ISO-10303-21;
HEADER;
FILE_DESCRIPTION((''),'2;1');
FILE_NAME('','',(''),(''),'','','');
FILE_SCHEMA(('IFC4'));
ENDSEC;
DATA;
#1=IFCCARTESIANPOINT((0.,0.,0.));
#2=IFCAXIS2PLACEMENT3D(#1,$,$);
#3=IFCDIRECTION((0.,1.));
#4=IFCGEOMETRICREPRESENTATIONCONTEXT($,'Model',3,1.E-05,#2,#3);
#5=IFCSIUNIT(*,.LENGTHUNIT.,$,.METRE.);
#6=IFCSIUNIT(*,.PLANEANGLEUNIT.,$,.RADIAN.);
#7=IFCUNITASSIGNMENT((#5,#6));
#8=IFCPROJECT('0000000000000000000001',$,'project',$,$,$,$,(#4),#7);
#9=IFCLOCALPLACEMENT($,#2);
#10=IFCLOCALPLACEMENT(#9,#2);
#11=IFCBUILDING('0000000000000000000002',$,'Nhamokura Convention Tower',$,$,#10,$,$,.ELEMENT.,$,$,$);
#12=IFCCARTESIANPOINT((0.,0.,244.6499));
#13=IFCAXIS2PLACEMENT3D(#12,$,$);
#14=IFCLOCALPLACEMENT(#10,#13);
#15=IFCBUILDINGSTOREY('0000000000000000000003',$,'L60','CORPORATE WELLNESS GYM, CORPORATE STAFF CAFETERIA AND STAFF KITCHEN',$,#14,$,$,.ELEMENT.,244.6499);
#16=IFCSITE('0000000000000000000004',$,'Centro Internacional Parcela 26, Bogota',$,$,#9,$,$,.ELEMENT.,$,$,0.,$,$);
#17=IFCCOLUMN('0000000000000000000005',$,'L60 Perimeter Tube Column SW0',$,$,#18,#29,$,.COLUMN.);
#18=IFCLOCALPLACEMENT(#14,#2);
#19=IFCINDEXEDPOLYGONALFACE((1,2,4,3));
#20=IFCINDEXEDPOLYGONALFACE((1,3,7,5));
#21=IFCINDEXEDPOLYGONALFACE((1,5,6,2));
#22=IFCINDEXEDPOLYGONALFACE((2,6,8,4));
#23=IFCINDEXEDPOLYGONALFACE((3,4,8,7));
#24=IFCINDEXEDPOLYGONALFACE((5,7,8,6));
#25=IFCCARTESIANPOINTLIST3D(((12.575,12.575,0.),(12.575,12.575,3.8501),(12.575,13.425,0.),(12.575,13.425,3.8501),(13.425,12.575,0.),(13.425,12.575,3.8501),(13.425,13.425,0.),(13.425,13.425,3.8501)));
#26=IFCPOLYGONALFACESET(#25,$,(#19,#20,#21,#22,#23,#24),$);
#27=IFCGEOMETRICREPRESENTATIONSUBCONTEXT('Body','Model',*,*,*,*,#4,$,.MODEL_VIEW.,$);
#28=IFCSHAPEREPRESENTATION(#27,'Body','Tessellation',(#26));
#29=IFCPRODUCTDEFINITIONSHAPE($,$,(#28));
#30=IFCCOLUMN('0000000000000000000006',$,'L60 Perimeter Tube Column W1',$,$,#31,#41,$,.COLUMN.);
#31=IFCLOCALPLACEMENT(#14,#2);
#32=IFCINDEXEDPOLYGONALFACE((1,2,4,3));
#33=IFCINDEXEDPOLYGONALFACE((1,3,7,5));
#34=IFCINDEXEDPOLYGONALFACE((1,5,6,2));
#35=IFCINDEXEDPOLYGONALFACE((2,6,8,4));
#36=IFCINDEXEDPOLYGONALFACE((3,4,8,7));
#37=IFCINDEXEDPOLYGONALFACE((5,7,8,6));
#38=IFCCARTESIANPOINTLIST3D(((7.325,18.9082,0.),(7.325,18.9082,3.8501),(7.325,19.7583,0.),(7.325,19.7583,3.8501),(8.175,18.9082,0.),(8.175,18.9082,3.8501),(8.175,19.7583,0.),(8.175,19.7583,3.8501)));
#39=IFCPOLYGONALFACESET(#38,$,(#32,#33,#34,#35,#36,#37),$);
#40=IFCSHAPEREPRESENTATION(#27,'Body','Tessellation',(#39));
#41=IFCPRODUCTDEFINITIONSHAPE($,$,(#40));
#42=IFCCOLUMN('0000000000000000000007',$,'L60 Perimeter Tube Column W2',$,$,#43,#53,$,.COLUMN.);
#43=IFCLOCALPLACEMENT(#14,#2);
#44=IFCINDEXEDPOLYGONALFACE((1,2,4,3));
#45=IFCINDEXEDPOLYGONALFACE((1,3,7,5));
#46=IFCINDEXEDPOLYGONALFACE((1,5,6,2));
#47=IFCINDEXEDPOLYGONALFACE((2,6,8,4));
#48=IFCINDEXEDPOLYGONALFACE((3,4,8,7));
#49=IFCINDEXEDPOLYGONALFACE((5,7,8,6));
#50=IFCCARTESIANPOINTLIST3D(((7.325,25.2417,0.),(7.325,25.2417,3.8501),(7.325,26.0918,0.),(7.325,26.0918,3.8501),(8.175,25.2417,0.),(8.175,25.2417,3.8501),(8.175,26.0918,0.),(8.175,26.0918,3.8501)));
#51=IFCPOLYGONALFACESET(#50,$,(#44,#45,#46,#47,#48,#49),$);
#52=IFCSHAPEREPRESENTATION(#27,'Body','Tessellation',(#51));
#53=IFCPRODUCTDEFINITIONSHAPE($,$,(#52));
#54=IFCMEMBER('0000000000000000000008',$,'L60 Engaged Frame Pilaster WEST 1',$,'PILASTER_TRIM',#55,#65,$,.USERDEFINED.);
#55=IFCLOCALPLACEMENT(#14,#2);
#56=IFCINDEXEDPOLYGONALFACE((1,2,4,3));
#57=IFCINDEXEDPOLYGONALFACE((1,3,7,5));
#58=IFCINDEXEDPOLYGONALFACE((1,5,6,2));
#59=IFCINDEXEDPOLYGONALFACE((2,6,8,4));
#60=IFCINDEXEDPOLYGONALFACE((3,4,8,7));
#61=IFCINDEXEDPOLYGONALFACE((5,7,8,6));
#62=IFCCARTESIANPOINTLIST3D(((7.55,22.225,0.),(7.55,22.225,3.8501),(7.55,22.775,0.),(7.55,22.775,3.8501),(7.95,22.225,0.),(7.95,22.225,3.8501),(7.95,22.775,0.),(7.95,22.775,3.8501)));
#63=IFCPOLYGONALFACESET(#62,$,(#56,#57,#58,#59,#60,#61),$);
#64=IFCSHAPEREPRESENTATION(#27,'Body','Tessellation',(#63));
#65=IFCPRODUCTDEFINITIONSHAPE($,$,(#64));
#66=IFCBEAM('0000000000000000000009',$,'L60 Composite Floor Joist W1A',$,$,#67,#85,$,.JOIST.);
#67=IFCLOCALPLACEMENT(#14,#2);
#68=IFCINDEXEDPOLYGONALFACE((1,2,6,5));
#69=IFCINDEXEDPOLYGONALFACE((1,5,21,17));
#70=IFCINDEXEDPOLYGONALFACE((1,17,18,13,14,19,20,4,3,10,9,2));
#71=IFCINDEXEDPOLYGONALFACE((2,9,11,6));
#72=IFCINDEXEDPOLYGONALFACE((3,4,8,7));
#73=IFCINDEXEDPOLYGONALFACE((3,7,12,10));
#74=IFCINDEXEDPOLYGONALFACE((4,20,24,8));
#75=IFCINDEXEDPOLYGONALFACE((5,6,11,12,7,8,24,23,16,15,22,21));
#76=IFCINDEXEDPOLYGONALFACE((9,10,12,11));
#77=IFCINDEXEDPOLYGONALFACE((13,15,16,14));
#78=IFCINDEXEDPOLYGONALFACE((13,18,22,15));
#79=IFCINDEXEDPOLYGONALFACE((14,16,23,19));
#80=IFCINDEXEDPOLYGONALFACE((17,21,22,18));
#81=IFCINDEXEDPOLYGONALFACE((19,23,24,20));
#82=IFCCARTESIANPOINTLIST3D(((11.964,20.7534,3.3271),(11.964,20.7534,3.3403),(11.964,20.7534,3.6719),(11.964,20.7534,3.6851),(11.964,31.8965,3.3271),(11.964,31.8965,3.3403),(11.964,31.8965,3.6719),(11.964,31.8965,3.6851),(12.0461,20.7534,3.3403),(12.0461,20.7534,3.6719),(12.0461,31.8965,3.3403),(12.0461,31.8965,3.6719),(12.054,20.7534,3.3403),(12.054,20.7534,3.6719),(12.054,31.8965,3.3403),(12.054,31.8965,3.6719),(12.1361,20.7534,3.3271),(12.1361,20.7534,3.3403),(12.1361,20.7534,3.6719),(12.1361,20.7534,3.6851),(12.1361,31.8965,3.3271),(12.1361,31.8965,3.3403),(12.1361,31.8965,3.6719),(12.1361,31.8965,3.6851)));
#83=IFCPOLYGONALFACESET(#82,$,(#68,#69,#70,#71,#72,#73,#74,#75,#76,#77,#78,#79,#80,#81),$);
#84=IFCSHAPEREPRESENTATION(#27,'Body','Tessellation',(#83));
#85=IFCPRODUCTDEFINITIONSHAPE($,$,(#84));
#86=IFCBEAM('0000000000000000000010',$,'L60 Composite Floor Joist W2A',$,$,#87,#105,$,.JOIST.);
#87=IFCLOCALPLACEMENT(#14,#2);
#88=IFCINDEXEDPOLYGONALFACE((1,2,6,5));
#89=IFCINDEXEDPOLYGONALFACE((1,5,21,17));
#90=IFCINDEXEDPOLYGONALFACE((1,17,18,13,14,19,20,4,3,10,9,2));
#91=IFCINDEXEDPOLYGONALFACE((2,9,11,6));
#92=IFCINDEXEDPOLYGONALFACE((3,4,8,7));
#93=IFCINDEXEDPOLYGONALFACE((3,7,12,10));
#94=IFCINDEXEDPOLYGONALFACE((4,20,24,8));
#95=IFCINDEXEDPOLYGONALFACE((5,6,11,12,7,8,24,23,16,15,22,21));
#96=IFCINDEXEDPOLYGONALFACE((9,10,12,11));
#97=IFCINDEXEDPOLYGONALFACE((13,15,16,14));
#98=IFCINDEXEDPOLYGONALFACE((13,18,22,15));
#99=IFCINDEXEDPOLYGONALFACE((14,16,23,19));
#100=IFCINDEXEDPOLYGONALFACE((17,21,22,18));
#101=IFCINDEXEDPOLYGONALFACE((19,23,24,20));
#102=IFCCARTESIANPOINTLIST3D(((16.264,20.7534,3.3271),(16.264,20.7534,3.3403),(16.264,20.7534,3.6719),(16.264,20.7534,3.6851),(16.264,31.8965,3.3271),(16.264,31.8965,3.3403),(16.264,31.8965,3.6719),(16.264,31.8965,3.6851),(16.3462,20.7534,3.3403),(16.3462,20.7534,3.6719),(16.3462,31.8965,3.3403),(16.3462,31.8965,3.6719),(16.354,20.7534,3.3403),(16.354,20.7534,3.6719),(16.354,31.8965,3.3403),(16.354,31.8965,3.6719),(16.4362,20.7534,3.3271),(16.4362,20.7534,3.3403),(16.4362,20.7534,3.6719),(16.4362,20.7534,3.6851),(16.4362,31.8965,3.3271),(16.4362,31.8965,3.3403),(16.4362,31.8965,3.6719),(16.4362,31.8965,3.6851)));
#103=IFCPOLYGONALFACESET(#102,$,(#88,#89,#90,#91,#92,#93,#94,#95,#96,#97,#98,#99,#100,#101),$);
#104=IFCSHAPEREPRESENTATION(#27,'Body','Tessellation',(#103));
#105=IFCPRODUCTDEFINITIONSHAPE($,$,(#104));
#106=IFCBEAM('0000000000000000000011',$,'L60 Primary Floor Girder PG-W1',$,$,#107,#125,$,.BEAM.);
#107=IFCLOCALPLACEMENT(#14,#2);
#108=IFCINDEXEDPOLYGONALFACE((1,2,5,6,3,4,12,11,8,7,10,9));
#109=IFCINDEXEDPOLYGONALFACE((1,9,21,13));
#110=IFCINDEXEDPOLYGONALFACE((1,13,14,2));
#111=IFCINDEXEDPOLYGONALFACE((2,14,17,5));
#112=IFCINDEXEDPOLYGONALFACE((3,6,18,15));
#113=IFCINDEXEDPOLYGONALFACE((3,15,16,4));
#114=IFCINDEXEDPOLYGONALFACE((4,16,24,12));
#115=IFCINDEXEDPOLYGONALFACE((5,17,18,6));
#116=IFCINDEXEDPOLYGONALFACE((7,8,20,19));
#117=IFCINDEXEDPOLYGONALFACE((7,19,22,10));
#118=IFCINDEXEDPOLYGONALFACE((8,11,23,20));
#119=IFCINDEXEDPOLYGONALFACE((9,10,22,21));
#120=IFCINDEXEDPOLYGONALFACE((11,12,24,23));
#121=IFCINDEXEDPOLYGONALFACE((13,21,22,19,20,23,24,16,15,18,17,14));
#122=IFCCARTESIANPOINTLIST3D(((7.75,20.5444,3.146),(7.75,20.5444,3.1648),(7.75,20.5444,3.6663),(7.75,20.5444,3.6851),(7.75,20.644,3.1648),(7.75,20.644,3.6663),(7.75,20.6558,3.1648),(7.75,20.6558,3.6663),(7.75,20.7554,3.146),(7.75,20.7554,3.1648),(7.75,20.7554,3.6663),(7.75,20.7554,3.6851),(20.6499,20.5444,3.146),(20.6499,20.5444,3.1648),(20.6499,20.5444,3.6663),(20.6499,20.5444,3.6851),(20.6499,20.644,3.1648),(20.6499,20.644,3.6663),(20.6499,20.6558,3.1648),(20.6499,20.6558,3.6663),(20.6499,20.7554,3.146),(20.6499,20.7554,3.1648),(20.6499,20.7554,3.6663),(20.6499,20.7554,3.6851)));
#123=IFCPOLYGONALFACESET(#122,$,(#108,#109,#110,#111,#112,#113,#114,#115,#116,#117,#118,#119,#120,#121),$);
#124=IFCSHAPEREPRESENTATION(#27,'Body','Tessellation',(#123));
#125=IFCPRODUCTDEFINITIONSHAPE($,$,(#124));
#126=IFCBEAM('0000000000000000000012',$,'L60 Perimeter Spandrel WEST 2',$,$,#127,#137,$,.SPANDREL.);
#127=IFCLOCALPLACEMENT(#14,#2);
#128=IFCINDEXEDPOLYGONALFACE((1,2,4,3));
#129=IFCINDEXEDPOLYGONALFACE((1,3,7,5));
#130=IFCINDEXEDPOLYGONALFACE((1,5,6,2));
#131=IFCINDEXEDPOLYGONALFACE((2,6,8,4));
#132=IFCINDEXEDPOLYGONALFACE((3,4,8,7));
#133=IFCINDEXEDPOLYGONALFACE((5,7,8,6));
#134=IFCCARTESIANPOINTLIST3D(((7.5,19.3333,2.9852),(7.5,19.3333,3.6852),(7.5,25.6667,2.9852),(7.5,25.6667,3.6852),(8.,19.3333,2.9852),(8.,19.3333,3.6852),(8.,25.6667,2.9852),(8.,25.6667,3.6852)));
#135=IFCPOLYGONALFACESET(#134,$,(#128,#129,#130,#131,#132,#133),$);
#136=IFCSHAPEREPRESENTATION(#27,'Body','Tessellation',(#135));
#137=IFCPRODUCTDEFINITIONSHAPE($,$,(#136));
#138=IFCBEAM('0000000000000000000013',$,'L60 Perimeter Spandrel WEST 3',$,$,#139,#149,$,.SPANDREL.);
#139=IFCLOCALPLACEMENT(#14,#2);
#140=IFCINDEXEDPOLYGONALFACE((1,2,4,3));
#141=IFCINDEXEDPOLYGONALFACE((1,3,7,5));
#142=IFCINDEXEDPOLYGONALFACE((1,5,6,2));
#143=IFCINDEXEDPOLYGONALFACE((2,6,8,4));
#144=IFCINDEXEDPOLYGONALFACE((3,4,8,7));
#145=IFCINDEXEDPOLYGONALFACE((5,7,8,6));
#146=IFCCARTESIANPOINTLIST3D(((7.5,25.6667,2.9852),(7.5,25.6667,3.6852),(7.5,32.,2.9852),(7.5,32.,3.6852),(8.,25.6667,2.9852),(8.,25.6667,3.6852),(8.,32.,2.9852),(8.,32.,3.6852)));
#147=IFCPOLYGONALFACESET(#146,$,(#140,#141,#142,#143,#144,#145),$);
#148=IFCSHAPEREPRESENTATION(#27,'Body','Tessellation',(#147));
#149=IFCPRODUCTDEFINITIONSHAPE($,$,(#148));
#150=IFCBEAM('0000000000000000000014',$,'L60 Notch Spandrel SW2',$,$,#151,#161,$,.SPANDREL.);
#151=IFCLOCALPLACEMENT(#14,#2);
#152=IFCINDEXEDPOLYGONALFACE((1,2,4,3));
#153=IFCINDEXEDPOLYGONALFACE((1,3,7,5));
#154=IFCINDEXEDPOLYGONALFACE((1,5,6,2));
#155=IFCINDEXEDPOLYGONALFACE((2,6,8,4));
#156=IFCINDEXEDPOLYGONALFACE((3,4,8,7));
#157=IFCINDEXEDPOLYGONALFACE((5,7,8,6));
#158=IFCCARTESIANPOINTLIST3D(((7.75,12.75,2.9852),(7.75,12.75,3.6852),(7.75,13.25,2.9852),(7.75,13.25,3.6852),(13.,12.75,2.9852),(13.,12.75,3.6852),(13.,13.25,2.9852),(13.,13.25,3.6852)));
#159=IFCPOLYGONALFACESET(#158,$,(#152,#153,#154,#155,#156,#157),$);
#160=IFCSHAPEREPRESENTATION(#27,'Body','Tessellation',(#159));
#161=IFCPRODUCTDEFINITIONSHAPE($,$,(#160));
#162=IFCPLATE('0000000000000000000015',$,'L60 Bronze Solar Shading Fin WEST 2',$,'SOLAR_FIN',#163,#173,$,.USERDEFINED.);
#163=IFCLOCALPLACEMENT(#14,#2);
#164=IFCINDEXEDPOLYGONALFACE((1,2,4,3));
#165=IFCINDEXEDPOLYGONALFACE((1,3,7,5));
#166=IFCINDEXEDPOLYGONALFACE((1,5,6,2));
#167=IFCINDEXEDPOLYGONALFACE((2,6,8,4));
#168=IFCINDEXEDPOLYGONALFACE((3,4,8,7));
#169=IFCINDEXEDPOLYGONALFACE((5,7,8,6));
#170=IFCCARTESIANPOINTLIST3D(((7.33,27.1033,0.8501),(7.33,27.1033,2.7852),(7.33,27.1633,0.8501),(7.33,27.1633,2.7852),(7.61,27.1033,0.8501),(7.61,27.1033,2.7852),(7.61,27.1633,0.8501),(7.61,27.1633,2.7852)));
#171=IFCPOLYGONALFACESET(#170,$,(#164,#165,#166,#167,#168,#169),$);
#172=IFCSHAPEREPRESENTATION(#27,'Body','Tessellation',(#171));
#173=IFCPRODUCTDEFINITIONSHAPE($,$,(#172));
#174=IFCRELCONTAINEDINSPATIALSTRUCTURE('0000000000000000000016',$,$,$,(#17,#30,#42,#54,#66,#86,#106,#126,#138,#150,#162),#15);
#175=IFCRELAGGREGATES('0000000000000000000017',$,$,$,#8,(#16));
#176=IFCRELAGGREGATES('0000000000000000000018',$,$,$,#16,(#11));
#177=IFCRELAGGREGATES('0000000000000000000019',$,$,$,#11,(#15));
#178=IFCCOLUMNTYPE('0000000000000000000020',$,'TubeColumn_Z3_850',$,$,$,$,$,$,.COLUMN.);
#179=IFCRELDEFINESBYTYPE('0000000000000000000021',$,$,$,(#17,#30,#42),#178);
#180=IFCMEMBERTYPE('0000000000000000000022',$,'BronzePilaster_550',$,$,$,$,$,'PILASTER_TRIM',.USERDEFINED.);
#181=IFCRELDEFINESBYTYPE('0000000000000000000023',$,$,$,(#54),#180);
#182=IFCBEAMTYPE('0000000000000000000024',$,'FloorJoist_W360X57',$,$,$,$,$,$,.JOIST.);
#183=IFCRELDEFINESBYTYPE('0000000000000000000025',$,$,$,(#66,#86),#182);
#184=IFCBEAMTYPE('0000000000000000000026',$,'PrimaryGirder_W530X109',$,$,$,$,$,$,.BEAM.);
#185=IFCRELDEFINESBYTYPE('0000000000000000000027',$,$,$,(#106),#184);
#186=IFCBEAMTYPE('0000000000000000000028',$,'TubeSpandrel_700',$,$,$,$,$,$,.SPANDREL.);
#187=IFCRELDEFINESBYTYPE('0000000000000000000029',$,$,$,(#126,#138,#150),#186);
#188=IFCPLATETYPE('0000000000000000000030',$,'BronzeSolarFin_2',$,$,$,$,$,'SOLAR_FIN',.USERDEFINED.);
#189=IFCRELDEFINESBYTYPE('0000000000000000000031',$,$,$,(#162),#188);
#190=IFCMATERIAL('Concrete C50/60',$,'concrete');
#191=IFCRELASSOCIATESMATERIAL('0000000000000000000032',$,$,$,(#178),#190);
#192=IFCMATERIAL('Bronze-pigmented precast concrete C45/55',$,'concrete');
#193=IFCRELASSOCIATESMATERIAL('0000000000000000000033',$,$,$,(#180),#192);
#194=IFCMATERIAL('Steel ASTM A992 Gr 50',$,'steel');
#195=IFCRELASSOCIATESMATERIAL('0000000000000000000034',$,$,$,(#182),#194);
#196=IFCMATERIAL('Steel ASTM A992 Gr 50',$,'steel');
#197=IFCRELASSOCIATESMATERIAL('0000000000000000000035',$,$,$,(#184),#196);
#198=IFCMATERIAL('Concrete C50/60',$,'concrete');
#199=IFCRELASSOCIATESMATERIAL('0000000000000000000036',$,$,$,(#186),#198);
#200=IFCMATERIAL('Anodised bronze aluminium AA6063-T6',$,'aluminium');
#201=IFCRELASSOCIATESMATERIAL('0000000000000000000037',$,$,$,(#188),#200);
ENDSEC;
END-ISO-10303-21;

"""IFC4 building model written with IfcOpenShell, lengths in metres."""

from ifc_helpers import new_model, si_unit, direction, frame, origin, origin_2d, place, context, subcontext, project, spatial, rectangle, i_section, extrude, material, material_profile, profile_set, type_object, element, save


model = new_model("IFC4")

# Units and contexts
model_context = context("Model", 3, precision=1e-05, world=origin(), true_north=direction((0.0, 1.0)))
body_context = subcontext(model_context, "Body", "Model", "MODEL_VIEW")
ifc_project = project(units=[si_unit("LENGTHUNIT", "METRE"), si_unit("PLANEANGLEUNIT", "RADIAN")], contexts=[model_context])

# Site, building, storey
site_placement = place(None, origin())
site = spatial("IfcSite", under=ifc_project, at=site_placement, Name="Centro Internacional Parcela 26, Bogota", CompositionType="ELEMENT", RefElevation=0.0)
building_placement = place(site_placement, origin())
building = spatial("IfcBuilding", under=site, at=building_placement, Name="Nhamokura Convention Tower", CompositionType="ELEMENT")
storey_placement = place(building_placement, frame((0.0, 0.0, 244.6499)))
storey = spatial("IfcBuildingStorey", under=building, at=storey_placement, Name="L60", Description="CORPORATE WELLNESS GYM, CORPORATE STAFF CAFETERIA AND STAFF KITCHEN", CompositionType="ELEMENT", Elevation=244.6499)

# Columns
ifc_material_1 = material(Name="Concrete C50/60", Category="concrete")
ifc_material_profile_1 = material_profile(ifc_material_1, rectangle(XDim=0.8501, YDim=0.8501, at=origin_2d()))
ifc_profile_set_1 = profile_set([ifc_material_profile_1], Name="Concrete C50/60")
column_type = type_object("IfcColumnType", Name="TubeColumn_Z3_850", PredefinedType="COLUMN", material=ifc_profile_set_1)
for number, where, z_axis, x_axis, name in (
    (1, (13.0, 13.0, 0.0), (0.0, 0.0, 1.0), (1.0, 0.0, 0.0), "L60 Perimeter Tube Column SW0"),
    (2, (7.75, 19.3333, 0.0), (0.0, 0.0, 1.0), (1.0, 0.0, 0.0), "L60 Perimeter Tube Column W1"),
    (3, (7.75, 25.6667, 0.0), (0.0, 0.0, 1.0), (1.0, 0.0, 0.0), "L60 Perimeter Tube Column W2"),
):
    element("IfcColumn", number, at=place(storey_placement, frame(where, z_axis=z_axis, x_axis=x_axis)), inside=storey, type_object=column_type, Name=name, PredefinedType="COLUMN", context=body_context, shape_type="SweptSolid", body=[
        extrude(rectangle(XDim=0.8501, YDim=0.8501, at=origin_2d()), origin(), (0.0, 0.0, 1.0), 3.8501),
    ])

# Member
ifc_material_2 = material(Name="Bronze-pigmented precast concrete C45/55", Category="concrete")
ifc_material_profile_2 = material_profile(ifc_material_2, rectangle(XDim=0.3999, YDim=0.55, at=origin_2d()))
ifc_profile_set_2 = profile_set([ifc_material_profile_2], Name="Bronze-pigmented precast concrete C45/55")
member_type = type_object("IfcMemberType", Name="BronzePilaster_550", ElementType="PILASTER_TRIM", PredefinedType="USERDEFINED", material=ifc_profile_set_2)
member_placement = place(storey_placement, frame((7.75, 22.5, 0.0), z_axis=(0.0, 0.0, 1.0), x_axis=(1.0, 0.0, 0.0)))
element("IfcMember", 4, at=member_placement, inside=storey, type_object=member_type, Name="L60 Engaged Frame Pilaster WEST 1", ObjectType="PILASTER_TRIM", PredefinedType="USERDEFINED", context=body_context, shape_type="SweptSolid", body=[
    extrude(rectangle(XDim=0.3999, YDim=0.55, at=origin_2d()), origin(), (0.0, 0.0, 1.0), 3.8501),
])

# Beams
ifc_material_3 = material(Name="Steel ASTM A992 Gr 50", Category="steel")
ifc_material_profile_3 = material_profile(ifc_material_3, i_section(OverallWidth=0.1721, OverallDepth=0.3579, WebThickness=0.0078, FlangeThickness=0.0132, at=origin_2d()))
ifc_profile_set_3 = profile_set([ifc_material_profile_3], Name="Steel ASTM A992 Gr 50")
beam_type_1 = type_object("IfcBeamType", Name="FloorJoist_W360X57", PredefinedType="JOIST", material=ifc_profile_set_3)
for number, where, z_axis, x_axis, name in (
    (5, (12.05, 20.7534, 3.5061), (0.0, 1.0, 0.0), (-1.0, 0.0, 0.0), "L60 Composite Floor Joist W1A"),
    (6, (16.3501, 20.7534, 3.5061), (0.0, 1.0, 0.0), (-1.0, 0.0, 0.0), "L60 Composite Floor Joist W2A"),
):
    element("IfcBeam", number, at=place(storey_placement, frame(where, z_axis=z_axis, x_axis=x_axis)), inside=storey, type_object=beam_type_1, Name=name, PredefinedType="JOIST", context=body_context, shape_type="SweptSolid", body=[
        extrude(i_section(OverallWidth=0.1721, OverallDepth=0.3579, WebThickness=0.0078, FlangeThickness=0.0132, at=origin_2d()), origin(), (0.0, 0.0, 1.0), 11.1431),
    ])
ifc_material_4 = material(Name="Steel ASTM A992 Gr 50", Category="steel")
ifc_material_profile_4 = material_profile(ifc_material_4, i_section(OverallWidth=0.2109, OverallDepth=0.5391, WebThickness=0.0117, FlangeThickness=0.0188, at=origin_2d()))
ifc_profile_set_4 = profile_set([ifc_material_profile_4], Name="Steel ASTM A992 Gr 50")
beam_type_2 = type_object("IfcBeamType", Name="PrimaryGirder_W530X109", PredefinedType="BEAM", material=ifc_profile_set_4)
beam_1_placement = place(storey_placement, frame((7.75, 20.6499, 3.4155), z_axis=(1.0, 0.0, 0.0), x_axis=(0.0, 1.0, 0.0)))
element("IfcBeam", 7, at=beam_1_placement, inside=storey, type_object=beam_type_2, Name="L60 Primary Floor Girder PG-W1", PredefinedType="BEAM", context=body_context, shape_type="SweptSolid", body=[
    extrude(i_section(OverallWidth=0.2109, OverallDepth=0.5391, WebThickness=0.0117, FlangeThickness=0.0188, at=origin_2d()), origin(), (0.0, 0.0, 1.0), 12.8999),
])
ifc_material_5 = material(Name="Concrete C50/60", Category="concrete")
ifc_material_profile_5 = material_profile(ifc_material_5, rectangle(XDim=0.5, YDim=0.7, at=origin_2d()))
ifc_profile_set_5 = profile_set([ifc_material_profile_5], Name="Concrete C50/60")
beam_type_3 = type_object("IfcBeamType", Name="TubeSpandrel_700", PredefinedType="SPANDREL", material=ifc_profile_set_5)
beam_2_placement = place(storey_placement, frame((7.75, 19.3333, 3.3352), z_axis=(0.0, 1.0, 0.0), x_axis=(-1.0, 0.0, 0.0)))
element("IfcBeam", 8, at=beam_2_placement, inside=storey, type_object=beam_type_3, Name="L60 Perimeter Spandrel WEST 2", PredefinedType="SPANDREL", context=body_context, shape_type="SweptSolid", body=[
    extrude(rectangle(XDim=0.5, YDim=0.7, at=origin_2d()), origin(), (0.0, 0.0, 1.0), 6.3335),
])
beam_3_placement = place(storey_placement, frame((7.75, 25.6667, 3.3352), z_axis=(0.0, 1.0, 0.0), x_axis=(-1.0, 0.0, 0.0)))
element("IfcBeam", 9, at=beam_3_placement, inside=storey, type_object=beam_type_3, Name="L60 Perimeter Spandrel WEST 3", PredefinedType="SPANDREL", context=body_context, shape_type="SweptSolid", body=[
    extrude(rectangle(XDim=0.5, YDim=0.7, at=origin_2d()), origin(), (0.0, 0.0, 1.0), 6.3333),
])
beam_4_placement = place(storey_placement, frame((13.0, 13.0, 3.3352), z_axis=(-1.0, 0.0, 0.0), x_axis=(0.0, -1.0, 0.0)))
element("IfcBeam", 10, at=beam_4_placement, inside=storey, type_object=beam_type_3, Name="L60 Notch Spandrel SW2", PredefinedType="SPANDREL", context=body_context, shape_type="SweptSolid", body=[
    extrude(rectangle(XDim=0.5, YDim=0.7, at=origin_2d()), origin(), (0.0, 0.0, 1.0), 5.25),
])

# Plate
ifc_material_6 = material(Name="Anodised bronze aluminium AA6063-T6", Category="aluminium")
plate_type = type_object("IfcPlateType", Name="BronzeSolarFin_2", ElementType="SOLAR_FIN", PredefinedType="USERDEFINED", material=ifc_material_6)
plate_placement = place(storey_placement, frame((7.47, 27.1333, 0.8501), z_axis=(0.0, 0.0, 1.0), x_axis=(1.0, 0.0, 0.0)))
element("IfcPlate", 11, at=plate_placement, inside=storey, type_object=plate_type, Name="L60 Bronze Solar Shading Fin WEST 2", ObjectType="SOLAR_FIN", PredefinedType="USERDEFINED", context=body_context, shape_type="SweptSolid", body=[
    extrude(rectangle(XDim=0.28, YDim=0.0601, at=origin_2d()), origin(), (0.0, 0.0, 1.0), 1.9351),
])

save(model, "model.ifc")
